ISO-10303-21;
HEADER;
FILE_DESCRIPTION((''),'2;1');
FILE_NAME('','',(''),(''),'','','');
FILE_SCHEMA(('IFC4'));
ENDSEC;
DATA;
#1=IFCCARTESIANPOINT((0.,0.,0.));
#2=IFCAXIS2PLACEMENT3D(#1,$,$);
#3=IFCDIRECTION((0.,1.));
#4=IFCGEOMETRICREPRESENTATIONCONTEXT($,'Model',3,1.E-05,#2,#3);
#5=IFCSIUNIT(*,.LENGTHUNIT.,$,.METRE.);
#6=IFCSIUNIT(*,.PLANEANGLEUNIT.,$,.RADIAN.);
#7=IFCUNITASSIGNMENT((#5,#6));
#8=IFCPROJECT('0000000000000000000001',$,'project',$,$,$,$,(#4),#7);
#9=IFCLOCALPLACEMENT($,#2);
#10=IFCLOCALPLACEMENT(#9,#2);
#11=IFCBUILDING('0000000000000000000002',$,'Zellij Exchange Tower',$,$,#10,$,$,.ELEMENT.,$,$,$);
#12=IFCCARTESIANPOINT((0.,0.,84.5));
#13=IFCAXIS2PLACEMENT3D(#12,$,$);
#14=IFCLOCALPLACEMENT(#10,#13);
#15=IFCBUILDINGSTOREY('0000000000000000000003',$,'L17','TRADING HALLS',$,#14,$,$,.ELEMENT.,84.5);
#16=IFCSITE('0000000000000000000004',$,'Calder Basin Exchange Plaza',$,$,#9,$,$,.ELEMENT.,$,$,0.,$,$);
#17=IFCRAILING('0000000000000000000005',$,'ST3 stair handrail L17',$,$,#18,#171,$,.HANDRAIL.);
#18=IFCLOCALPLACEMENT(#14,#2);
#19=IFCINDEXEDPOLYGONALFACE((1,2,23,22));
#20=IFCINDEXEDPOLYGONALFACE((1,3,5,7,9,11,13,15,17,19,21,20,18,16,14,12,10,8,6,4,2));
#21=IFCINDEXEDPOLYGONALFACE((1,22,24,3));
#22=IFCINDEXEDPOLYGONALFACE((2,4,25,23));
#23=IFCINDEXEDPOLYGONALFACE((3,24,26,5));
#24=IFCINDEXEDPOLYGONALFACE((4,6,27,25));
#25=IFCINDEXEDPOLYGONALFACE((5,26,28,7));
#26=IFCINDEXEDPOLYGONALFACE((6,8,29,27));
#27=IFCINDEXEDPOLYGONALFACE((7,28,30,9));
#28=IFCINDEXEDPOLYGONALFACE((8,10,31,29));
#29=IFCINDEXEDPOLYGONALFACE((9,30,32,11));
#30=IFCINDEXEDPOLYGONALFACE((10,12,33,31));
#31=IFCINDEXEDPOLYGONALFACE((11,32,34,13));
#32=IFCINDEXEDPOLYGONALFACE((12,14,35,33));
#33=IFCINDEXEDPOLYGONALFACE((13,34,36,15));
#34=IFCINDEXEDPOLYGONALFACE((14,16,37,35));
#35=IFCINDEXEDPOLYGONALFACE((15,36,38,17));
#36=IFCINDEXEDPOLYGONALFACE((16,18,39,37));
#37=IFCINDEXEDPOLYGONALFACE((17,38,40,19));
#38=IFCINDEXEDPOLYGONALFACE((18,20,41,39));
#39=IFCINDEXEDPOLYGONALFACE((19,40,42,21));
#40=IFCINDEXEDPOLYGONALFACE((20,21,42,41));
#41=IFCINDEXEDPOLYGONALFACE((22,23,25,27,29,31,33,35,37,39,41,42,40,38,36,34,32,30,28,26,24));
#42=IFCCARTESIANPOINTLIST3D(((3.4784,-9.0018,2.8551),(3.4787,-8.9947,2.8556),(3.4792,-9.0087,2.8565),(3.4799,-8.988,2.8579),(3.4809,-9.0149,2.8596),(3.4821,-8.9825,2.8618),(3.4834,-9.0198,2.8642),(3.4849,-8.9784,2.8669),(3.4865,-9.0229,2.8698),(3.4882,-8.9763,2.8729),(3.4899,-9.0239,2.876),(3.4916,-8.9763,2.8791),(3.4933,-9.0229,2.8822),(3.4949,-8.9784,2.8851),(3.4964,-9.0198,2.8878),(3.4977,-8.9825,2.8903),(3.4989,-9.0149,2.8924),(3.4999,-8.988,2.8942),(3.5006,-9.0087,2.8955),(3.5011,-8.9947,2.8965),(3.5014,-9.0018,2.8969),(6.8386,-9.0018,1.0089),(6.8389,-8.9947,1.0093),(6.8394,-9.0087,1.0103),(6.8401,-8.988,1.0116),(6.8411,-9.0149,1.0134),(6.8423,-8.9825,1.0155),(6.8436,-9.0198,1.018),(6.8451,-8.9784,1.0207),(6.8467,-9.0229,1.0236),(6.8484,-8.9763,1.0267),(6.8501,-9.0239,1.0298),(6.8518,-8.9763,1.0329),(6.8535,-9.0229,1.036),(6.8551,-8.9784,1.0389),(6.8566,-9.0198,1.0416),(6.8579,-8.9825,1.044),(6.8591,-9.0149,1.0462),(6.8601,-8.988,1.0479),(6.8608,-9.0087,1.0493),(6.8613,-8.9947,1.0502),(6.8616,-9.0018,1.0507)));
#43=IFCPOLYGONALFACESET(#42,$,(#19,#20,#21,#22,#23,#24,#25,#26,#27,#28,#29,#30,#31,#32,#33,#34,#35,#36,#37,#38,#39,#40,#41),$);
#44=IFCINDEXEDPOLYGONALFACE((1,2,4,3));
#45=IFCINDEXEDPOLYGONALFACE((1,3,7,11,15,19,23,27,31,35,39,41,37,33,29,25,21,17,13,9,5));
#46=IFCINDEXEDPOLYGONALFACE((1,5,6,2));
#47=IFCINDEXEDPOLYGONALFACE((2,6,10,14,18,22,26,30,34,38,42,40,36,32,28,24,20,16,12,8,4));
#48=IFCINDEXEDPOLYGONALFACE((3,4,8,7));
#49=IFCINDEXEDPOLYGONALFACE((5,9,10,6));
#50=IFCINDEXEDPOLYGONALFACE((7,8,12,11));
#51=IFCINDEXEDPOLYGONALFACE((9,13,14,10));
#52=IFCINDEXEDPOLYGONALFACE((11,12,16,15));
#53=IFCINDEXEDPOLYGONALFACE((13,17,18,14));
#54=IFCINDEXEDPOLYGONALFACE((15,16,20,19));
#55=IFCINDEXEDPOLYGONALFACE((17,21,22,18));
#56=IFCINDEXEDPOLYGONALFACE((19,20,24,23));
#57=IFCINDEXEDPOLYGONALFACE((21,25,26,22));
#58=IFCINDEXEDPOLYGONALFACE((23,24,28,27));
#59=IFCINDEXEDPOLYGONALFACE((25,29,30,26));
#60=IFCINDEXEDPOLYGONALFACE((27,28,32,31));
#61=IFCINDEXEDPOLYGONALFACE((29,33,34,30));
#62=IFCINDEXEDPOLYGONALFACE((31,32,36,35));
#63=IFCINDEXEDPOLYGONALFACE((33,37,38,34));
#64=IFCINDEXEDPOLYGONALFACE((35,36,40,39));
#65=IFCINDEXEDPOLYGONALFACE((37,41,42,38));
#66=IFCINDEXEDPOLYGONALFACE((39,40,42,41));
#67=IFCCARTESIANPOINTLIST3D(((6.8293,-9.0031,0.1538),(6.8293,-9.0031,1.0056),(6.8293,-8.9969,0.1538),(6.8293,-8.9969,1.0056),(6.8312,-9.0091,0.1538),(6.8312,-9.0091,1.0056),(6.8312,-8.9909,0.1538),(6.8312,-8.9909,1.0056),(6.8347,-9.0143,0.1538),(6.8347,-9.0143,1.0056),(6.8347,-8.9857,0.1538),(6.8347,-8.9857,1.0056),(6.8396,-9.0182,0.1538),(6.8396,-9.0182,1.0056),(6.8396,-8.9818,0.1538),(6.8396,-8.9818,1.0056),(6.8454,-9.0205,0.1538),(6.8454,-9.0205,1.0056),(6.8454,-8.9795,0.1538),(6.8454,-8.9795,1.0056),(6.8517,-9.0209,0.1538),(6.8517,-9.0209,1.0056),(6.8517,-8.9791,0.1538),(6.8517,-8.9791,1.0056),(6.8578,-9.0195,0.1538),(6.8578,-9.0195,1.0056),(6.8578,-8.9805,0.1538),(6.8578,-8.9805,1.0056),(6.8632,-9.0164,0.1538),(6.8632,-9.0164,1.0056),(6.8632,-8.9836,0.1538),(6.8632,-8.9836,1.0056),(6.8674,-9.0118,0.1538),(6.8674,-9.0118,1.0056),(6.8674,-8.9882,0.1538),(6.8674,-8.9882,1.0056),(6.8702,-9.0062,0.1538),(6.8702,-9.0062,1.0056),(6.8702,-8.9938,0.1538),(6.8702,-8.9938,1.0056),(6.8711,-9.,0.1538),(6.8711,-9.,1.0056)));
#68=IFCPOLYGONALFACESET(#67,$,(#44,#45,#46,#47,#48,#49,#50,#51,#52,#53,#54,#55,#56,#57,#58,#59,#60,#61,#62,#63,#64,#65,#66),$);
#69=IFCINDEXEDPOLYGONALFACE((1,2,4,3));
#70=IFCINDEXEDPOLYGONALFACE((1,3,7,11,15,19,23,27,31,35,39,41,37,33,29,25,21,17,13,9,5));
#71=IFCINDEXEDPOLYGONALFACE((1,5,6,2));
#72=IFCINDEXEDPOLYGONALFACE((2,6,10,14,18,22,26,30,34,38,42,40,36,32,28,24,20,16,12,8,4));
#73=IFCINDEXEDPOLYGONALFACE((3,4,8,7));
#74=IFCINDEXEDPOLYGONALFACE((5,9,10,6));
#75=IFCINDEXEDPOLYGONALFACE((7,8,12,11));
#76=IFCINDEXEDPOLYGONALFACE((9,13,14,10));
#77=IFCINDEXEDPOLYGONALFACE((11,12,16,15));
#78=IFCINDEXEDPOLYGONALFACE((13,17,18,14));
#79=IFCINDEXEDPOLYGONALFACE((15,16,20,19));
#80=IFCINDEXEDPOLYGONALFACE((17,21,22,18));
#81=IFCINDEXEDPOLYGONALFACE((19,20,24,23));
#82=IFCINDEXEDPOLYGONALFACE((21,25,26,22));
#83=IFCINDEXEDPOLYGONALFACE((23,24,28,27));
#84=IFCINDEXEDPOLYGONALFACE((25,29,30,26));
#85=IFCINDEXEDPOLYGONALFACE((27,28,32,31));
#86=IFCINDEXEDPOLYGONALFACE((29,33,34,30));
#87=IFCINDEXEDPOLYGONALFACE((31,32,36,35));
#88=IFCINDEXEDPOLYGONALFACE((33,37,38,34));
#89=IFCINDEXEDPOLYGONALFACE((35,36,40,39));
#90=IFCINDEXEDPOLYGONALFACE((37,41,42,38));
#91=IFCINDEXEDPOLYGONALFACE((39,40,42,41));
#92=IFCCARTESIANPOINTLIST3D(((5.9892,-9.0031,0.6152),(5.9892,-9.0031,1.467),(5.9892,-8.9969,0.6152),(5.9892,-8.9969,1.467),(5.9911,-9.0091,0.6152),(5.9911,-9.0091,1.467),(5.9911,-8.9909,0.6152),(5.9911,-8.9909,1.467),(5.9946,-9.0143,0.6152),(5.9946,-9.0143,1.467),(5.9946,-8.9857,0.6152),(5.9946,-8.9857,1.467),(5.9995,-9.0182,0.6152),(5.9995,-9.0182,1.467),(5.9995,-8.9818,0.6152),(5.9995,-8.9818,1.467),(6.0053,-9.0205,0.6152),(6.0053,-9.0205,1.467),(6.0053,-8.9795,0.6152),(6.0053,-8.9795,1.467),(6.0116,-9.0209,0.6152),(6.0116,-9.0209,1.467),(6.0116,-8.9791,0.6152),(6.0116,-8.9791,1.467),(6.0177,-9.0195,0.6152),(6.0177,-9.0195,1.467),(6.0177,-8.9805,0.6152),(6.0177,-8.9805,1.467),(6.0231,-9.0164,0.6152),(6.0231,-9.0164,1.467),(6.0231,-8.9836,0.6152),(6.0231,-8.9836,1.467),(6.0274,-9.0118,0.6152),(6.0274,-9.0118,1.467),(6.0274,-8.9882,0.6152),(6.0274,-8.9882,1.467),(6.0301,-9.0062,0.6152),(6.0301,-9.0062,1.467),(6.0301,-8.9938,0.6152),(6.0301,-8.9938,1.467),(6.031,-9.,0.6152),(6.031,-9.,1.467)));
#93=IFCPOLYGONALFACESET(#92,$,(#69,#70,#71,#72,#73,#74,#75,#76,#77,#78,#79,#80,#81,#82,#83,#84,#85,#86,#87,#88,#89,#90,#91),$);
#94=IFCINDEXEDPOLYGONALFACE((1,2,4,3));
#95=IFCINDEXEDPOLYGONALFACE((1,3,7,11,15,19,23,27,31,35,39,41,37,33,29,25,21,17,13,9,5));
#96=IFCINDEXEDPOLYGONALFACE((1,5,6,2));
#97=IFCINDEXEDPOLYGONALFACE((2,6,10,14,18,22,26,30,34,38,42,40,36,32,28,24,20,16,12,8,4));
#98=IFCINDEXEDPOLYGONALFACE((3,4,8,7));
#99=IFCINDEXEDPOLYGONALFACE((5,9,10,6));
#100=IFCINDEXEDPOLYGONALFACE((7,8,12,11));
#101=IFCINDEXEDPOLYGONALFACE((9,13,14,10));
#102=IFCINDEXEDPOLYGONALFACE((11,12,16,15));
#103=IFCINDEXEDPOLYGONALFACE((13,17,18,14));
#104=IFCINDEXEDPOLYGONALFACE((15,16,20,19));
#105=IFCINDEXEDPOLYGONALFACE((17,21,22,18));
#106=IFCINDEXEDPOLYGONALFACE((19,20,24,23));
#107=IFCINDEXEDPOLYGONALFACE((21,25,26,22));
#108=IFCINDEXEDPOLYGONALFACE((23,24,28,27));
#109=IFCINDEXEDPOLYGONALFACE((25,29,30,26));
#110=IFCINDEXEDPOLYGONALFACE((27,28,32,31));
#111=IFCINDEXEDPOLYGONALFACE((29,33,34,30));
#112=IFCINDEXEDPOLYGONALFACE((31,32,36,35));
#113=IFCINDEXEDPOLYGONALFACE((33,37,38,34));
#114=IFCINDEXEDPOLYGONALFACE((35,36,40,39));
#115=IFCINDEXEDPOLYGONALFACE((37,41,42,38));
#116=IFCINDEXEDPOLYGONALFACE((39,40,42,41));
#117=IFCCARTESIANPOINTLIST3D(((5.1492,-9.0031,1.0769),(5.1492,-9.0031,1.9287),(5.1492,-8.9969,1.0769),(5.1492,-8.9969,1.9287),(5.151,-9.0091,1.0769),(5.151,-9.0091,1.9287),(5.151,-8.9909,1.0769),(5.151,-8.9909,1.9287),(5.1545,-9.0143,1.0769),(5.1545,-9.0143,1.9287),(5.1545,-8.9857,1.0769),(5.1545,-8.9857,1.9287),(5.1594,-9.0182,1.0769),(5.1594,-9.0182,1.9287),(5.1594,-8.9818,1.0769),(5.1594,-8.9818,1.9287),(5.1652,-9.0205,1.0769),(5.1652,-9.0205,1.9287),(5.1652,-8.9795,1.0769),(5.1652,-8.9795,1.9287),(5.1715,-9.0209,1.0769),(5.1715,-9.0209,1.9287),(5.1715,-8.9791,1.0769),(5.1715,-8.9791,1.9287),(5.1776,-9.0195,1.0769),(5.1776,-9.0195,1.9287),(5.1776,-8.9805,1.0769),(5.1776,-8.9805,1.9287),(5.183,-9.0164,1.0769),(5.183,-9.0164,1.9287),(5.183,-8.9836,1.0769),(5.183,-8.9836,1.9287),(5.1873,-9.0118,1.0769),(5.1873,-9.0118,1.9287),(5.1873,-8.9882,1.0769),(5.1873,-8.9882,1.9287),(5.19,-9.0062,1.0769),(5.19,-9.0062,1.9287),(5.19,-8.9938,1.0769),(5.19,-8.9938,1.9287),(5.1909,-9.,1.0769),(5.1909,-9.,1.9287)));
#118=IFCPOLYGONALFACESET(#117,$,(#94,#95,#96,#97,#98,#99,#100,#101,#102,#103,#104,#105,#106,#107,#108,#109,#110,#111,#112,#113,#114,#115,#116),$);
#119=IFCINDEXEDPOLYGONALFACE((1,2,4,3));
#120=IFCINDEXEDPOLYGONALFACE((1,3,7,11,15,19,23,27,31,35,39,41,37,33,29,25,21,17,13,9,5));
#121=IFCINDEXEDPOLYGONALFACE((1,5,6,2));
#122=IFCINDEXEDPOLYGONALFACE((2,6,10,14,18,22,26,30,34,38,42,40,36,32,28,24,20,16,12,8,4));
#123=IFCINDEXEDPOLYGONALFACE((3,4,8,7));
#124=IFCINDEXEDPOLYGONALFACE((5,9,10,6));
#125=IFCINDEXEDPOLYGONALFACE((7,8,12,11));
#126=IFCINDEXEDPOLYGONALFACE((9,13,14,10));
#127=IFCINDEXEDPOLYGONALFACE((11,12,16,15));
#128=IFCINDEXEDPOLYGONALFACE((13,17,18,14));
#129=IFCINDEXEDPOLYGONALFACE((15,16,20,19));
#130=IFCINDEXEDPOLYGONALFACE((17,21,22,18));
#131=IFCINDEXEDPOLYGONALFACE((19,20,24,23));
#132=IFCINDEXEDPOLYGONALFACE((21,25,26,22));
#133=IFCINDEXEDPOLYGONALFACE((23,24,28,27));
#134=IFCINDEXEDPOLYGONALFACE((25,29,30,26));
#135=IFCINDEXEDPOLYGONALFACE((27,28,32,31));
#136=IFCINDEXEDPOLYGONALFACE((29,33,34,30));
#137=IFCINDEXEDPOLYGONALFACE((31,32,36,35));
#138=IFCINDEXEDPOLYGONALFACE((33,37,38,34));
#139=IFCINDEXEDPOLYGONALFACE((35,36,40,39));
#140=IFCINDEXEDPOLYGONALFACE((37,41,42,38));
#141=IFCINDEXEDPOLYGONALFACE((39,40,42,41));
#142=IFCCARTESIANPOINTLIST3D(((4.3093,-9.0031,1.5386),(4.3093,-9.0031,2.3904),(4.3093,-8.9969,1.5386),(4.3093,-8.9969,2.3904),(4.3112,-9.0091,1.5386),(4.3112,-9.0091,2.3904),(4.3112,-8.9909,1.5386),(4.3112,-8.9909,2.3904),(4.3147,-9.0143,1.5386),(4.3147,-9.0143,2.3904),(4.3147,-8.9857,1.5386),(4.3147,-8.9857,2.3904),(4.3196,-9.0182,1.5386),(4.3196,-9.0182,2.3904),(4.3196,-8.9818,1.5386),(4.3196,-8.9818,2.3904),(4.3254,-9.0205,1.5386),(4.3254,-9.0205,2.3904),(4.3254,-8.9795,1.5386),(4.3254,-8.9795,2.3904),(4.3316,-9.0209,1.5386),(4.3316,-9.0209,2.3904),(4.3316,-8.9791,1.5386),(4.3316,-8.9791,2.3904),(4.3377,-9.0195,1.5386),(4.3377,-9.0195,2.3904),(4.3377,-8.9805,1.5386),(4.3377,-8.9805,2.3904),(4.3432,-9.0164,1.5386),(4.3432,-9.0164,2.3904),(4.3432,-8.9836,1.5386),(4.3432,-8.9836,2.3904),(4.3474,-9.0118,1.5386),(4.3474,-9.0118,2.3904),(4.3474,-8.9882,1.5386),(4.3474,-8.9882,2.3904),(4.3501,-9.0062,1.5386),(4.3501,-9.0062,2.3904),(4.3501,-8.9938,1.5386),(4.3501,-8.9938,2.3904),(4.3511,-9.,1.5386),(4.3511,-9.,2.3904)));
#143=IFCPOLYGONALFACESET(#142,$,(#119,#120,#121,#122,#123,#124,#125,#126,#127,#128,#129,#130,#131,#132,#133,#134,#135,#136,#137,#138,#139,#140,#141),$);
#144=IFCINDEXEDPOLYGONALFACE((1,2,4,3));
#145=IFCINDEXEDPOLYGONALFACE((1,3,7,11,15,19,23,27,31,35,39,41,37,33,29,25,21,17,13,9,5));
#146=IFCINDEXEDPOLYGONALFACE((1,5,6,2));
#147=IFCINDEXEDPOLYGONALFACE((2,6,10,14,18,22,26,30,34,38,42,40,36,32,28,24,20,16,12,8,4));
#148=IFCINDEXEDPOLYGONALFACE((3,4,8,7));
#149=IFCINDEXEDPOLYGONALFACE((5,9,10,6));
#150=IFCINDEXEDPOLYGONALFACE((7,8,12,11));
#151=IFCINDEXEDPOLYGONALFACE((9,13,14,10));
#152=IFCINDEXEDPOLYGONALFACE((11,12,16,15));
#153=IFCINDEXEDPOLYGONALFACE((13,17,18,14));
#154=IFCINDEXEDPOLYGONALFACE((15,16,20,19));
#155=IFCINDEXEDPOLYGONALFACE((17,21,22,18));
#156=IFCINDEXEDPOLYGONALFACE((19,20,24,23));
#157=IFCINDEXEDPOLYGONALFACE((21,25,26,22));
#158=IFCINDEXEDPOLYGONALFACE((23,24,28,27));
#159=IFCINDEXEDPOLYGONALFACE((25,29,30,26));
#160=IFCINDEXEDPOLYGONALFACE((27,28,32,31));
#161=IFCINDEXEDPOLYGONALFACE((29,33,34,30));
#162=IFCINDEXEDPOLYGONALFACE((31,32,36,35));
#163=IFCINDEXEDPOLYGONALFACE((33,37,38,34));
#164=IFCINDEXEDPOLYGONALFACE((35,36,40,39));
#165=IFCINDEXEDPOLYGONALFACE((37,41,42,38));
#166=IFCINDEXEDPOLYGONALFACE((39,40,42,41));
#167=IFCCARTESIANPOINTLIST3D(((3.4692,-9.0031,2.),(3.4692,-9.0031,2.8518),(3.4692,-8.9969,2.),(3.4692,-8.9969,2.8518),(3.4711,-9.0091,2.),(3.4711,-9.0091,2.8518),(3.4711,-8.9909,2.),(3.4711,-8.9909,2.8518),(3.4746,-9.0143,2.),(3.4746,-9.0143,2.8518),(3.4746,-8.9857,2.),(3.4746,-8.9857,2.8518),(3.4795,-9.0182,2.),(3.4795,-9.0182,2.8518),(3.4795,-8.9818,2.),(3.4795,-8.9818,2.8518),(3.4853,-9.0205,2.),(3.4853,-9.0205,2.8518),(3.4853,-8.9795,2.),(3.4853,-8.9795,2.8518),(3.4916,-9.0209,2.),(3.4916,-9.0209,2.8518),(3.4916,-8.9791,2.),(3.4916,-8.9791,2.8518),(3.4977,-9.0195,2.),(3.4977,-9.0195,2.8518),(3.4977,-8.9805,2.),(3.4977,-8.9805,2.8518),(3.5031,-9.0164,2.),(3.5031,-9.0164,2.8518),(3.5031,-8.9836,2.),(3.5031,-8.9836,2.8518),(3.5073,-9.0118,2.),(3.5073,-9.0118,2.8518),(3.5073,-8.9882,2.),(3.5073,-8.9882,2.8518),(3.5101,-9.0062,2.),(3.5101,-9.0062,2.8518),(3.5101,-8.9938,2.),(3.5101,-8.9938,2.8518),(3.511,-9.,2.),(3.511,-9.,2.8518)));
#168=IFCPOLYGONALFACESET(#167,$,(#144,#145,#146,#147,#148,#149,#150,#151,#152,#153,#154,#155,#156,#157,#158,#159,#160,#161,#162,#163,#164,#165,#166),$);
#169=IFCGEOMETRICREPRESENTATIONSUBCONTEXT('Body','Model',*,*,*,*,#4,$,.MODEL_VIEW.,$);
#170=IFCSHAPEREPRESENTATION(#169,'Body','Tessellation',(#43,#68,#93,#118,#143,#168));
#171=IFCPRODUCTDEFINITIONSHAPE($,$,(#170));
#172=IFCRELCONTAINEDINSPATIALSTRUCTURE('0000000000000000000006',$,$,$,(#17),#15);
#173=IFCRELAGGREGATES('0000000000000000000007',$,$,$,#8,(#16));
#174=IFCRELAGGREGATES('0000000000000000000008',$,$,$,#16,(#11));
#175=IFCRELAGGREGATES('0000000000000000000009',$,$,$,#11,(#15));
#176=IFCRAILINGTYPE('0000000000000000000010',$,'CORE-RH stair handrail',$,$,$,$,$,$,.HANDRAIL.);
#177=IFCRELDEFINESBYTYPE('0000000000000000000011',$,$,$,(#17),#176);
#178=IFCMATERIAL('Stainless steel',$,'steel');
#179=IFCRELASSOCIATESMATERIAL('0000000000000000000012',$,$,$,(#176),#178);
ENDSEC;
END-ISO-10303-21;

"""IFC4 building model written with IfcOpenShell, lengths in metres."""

from ifc_helpers import new_model, si_unit, direction, frame, origin, origin_2d, place, context, subcontext, project, spatial, circle, extrude, material, type_object, element, save


model = new_model("IFC4")

# Units and contexts
model_context = context("Model", 3, precision=1e-05, world=origin(), true_north=direction((0.0, 1.0)))
body_context = subcontext(model_context, "Body", "Model", "MODEL_VIEW")
ifc_project = project(units=[si_unit("LENGTHUNIT", "METRE"), si_unit("PLANEANGLEUNIT", "RADIAN")], contexts=[model_context])

# Site, building, storey
site_placement = place(None, origin())
site = spatial("IfcSite", under=ifc_project, at=site_placement, Name="Calder Basin Exchange Plaza", CompositionType="ELEMENT", RefElevation=0.0)
building_placement = place(site_placement, origin())
building = spatial("IfcBuilding", under=site, at=building_placement, Name="Zellij Exchange Tower", CompositionType="ELEMENT")
storey_placement = place(building_placement, frame((0.0, 0.0, 84.5)))
storey = spatial("IfcBuildingStorey", under=building, at=storey_placement, Name="L17", Description="TRADING HALLS", CompositionType="ELEMENT", Elevation=84.5)

# Railing
ifc_material_1 = material(Name="Stainless steel", Category="steel")
railing_type_1 = type_object("IfcRailingType", Name="CORE-RH stair handrail", PredefinedType="HANDRAIL", material=ifc_material_1)
railing_1_placement = place(storey_placement, frame((6.8501, -9.0, 0.1538)))
element("IfcRailing", 1, at=railing_1_placement, inside=storey, type_object=railing_type_1, Name="ST3 stair handrail L17", PredefinedType="HANDRAIL", context=body_context, shape_type="SweptSolid", body=[
    extrude(circle(Radius=0.0239, at=origin_2d()), frame((0.0, 0.0, 0.876), z_axis=(-0.876422, 0.0, 0.481545), x_axis=(0.0, -1.0, 0.0)), (0.0, 0.0, 1.0), 3.834),
    extrude(circle(Radius=0.021, at=origin_2d()), origin(), (0.0, 0.0, 1.0), 0.8518),
    extrude(circle(Radius=0.021, at=origin_2d()), frame((-0.8401, 0.0, 0.4614)), (0.0, 0.0, 1.0), 0.8518),
    extrude(circle(Radius=0.021, at=origin_2d()), frame((-1.6802, 0.0, 0.9231)), (0.0, 0.0, 1.0), 0.8518),
    extrude(circle(Radius=0.021, at=origin_2d()), frame((-2.52, 0.0, 1.3848)), (0.0, 0.0, 1.0), 0.8518),
    extrude(circle(Radius=0.021, at=origin_2d()), frame((-3.3601, 0.0, 1.8462)), (0.0, 0.0, 1.0), 0.8518),
])

save(model, "model.ifc")
